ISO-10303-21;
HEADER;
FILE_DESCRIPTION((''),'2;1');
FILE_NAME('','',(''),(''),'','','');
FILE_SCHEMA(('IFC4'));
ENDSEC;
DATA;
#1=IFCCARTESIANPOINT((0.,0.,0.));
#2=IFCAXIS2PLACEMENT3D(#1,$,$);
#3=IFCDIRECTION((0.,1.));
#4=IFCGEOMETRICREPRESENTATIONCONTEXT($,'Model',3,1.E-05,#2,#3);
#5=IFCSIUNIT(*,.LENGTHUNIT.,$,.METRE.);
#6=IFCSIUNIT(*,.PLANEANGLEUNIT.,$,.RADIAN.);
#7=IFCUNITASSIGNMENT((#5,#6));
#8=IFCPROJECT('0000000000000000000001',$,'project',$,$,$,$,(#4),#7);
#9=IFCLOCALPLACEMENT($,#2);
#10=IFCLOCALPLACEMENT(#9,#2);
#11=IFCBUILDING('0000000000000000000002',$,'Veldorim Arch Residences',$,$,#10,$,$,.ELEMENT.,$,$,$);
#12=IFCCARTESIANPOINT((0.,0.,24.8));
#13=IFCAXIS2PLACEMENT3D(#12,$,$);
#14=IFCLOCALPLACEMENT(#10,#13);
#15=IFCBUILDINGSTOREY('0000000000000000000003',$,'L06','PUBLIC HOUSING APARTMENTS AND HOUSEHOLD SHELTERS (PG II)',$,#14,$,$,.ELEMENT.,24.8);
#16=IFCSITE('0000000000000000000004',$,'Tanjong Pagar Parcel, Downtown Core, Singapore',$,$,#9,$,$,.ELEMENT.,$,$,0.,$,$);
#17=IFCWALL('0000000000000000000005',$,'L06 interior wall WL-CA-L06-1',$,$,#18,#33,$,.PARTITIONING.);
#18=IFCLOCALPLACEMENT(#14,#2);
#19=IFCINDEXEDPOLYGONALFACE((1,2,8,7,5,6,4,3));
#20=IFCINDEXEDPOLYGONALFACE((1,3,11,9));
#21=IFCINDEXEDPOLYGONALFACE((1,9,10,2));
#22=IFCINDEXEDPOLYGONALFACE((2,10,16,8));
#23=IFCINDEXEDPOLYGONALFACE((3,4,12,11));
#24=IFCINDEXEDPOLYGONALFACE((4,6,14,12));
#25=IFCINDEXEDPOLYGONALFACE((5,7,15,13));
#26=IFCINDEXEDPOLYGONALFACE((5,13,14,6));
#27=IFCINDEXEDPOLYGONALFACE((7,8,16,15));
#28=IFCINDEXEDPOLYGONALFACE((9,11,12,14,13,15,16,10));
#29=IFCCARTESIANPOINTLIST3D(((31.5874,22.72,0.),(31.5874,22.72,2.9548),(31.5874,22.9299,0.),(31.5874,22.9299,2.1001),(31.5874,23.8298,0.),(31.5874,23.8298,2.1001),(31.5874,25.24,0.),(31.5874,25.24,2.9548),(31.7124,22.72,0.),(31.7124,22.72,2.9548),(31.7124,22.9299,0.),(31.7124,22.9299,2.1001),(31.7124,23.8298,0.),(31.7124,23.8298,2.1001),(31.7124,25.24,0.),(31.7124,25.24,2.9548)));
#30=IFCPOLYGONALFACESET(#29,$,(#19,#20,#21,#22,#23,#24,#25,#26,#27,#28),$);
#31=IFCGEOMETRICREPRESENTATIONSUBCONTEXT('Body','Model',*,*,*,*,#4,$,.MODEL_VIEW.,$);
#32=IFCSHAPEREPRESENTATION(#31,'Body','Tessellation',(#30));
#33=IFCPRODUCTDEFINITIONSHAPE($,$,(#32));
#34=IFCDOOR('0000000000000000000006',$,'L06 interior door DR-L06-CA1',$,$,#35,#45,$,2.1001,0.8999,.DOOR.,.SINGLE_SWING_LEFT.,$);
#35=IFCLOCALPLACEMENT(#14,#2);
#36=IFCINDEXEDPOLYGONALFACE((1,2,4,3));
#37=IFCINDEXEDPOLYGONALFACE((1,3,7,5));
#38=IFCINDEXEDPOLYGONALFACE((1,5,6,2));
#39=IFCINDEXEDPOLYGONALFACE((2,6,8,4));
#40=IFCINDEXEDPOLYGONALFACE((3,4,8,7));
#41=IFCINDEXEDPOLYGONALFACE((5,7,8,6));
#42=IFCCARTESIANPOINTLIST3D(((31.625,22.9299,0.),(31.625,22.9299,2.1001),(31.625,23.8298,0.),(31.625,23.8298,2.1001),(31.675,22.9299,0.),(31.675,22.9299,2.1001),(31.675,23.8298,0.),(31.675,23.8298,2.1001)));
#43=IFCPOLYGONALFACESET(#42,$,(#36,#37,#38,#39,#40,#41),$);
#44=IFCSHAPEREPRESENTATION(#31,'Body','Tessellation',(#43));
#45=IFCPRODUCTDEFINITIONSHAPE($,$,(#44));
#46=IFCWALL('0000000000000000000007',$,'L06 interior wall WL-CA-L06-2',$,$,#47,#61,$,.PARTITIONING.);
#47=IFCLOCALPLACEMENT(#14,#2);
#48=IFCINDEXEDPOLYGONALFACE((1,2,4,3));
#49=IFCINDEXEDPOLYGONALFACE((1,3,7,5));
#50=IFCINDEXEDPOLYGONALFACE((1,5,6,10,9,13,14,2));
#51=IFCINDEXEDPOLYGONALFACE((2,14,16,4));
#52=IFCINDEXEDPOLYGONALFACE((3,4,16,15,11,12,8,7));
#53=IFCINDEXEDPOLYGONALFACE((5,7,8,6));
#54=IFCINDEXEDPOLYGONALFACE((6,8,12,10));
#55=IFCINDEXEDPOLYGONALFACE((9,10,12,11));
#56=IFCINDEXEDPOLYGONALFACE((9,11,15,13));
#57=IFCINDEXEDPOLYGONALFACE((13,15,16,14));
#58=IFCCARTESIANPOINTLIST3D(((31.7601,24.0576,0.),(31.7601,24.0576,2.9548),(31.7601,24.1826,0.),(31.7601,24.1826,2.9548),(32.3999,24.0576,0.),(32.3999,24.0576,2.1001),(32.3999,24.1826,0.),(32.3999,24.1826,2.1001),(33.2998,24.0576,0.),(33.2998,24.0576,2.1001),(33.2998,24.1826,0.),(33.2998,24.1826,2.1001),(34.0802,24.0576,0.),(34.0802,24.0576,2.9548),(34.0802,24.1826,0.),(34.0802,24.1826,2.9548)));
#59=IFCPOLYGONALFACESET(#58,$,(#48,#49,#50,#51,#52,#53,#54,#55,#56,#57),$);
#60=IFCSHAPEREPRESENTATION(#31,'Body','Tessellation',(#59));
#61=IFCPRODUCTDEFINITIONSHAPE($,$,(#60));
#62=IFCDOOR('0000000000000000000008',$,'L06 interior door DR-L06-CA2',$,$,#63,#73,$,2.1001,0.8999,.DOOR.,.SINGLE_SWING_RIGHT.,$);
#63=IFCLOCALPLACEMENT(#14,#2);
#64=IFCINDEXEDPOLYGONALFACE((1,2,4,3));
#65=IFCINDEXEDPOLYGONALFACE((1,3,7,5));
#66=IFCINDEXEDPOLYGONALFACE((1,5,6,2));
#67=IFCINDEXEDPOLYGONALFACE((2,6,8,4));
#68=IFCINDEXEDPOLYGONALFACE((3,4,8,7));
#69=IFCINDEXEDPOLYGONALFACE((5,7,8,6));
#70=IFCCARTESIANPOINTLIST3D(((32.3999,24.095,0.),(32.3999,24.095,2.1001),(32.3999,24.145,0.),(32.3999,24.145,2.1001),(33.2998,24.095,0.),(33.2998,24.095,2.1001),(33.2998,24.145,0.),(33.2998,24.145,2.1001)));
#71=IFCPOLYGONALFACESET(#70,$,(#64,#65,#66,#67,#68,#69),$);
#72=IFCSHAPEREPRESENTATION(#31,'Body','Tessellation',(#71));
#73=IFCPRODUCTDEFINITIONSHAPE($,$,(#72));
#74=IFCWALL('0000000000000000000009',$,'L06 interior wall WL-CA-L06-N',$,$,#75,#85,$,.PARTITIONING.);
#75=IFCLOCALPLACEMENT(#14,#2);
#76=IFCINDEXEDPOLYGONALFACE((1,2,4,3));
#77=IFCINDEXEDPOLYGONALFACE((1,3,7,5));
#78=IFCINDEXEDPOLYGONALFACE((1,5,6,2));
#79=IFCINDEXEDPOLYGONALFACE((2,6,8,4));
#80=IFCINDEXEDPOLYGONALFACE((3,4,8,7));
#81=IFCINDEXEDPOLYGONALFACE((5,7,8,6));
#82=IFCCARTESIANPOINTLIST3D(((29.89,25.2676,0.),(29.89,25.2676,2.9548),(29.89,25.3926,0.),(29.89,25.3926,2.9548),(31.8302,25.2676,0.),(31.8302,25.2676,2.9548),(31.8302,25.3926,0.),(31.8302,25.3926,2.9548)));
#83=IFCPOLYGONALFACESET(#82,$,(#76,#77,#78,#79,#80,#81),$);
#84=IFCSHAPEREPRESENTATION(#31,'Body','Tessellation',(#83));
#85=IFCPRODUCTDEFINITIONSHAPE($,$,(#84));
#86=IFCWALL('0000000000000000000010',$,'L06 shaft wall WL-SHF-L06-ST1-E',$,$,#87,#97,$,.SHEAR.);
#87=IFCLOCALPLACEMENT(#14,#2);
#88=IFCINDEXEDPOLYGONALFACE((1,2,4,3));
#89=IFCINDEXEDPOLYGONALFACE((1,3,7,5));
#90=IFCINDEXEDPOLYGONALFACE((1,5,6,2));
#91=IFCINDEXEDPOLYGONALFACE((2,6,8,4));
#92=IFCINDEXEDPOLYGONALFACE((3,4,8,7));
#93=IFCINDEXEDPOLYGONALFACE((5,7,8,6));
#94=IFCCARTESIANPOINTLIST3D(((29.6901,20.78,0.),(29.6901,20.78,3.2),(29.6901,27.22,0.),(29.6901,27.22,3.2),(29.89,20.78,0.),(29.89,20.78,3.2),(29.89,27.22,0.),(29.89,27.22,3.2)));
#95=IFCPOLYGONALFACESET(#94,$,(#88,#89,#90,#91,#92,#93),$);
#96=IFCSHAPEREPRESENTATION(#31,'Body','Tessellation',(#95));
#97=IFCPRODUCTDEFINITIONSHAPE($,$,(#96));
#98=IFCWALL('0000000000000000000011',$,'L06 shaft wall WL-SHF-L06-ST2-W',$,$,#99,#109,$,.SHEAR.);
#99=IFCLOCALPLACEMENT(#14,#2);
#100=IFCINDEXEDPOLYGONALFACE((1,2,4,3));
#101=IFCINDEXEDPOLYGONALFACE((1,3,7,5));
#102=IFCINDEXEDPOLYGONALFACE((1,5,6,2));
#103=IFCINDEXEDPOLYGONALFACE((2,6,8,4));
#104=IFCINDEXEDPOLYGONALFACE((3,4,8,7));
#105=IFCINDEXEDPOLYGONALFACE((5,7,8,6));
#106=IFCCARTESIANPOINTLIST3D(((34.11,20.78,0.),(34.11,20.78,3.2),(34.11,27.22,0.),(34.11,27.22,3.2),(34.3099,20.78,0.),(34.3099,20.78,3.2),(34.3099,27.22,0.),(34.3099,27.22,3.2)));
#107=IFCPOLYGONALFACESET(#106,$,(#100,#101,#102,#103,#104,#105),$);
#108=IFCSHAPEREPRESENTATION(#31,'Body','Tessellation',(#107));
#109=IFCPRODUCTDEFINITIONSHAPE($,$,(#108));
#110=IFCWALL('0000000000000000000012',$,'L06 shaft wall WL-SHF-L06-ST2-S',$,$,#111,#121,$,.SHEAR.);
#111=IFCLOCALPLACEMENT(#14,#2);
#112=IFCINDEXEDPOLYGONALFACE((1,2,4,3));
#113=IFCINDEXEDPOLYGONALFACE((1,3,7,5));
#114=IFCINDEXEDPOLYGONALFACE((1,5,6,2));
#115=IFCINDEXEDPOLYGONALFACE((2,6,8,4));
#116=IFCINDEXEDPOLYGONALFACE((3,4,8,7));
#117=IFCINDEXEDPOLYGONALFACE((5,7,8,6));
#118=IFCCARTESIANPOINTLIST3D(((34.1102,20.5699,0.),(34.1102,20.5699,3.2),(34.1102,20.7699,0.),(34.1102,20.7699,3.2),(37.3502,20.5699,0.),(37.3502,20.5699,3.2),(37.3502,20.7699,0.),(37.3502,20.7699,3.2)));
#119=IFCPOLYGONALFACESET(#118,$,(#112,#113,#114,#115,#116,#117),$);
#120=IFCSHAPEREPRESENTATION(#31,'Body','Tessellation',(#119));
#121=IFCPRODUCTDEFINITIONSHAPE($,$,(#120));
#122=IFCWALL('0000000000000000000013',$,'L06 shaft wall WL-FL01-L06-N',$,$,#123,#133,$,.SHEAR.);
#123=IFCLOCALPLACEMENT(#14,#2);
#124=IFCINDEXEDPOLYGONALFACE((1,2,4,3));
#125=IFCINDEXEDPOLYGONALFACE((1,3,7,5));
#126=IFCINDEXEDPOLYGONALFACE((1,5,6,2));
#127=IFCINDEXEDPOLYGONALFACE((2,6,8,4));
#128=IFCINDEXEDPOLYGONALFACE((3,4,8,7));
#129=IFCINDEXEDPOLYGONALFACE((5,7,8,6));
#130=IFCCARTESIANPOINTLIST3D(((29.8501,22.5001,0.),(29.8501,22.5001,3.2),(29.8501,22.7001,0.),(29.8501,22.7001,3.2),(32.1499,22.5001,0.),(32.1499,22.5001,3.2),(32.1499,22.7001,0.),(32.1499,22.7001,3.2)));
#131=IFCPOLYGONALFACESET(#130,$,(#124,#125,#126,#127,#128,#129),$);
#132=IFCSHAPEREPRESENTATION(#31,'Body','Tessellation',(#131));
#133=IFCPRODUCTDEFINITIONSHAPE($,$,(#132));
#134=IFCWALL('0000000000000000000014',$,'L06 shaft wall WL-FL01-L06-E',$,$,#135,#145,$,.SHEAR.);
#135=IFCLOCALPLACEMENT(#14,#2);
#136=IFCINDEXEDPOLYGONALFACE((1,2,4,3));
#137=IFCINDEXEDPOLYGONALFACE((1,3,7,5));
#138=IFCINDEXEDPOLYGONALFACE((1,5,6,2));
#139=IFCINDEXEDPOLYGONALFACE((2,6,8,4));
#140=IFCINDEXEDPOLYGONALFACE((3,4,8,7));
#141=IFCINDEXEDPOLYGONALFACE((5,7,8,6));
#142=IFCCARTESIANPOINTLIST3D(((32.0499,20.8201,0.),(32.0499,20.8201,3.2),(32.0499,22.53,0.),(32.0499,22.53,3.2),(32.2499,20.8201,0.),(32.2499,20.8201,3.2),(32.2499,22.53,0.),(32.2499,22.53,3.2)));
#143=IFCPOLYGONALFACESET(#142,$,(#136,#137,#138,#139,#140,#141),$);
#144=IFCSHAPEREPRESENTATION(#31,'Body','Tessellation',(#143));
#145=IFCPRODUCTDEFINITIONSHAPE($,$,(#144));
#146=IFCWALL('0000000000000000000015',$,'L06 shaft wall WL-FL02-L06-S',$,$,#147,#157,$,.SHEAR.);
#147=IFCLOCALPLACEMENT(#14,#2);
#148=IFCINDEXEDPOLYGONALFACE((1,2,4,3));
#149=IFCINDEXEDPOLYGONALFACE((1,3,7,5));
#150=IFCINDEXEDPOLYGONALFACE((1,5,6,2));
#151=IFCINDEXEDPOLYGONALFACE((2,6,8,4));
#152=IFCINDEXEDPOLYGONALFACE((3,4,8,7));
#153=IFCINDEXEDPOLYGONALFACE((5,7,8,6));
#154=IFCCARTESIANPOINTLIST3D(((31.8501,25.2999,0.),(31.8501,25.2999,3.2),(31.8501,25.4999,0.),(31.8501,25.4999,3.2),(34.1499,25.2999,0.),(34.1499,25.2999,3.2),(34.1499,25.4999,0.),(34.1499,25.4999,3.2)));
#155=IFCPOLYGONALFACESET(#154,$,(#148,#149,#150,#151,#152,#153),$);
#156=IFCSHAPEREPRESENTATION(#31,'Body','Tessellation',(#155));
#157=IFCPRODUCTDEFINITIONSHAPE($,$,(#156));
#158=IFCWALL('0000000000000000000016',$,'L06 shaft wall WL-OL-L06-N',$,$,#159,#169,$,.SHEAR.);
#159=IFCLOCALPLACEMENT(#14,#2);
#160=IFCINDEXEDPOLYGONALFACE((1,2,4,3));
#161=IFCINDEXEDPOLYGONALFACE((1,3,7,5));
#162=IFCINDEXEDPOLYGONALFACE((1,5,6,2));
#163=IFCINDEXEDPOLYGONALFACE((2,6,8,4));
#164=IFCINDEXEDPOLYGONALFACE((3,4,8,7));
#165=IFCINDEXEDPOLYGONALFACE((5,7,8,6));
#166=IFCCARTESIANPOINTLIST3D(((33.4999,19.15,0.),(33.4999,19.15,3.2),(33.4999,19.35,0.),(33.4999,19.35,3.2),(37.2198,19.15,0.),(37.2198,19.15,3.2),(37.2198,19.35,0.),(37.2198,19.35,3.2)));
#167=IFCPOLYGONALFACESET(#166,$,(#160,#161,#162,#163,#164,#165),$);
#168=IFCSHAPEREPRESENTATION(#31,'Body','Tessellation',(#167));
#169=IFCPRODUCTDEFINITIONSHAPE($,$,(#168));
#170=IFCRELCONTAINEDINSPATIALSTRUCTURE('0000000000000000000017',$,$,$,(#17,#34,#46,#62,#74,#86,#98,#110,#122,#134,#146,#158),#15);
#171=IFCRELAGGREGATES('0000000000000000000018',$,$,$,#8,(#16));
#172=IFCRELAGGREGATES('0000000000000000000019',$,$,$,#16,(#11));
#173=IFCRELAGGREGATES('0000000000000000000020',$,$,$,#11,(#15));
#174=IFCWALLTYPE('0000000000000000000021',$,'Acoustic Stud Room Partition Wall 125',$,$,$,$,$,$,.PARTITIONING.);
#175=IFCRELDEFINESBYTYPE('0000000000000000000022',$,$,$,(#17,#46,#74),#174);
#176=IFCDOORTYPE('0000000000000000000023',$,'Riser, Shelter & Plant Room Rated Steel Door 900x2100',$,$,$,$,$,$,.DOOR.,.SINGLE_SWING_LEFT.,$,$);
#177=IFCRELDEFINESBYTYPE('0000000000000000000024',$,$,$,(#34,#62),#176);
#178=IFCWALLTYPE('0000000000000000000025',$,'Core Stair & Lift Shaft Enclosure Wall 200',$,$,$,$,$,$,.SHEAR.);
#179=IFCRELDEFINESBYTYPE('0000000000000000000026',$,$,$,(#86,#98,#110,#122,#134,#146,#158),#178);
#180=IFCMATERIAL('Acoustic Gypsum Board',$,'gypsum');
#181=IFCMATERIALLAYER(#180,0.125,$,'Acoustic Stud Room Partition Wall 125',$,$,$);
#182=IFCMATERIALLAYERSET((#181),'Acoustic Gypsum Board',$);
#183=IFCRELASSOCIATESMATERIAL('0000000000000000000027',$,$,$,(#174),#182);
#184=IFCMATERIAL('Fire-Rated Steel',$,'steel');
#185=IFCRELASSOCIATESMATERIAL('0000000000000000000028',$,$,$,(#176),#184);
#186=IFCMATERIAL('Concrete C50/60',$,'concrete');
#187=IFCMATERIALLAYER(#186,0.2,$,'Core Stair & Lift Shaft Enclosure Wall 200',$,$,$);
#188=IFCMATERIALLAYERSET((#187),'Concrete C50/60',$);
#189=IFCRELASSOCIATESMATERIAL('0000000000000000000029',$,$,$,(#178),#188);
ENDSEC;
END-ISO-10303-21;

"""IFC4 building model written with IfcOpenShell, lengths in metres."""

from ifc_helpers import new_model, si_unit, direction, frame, frame_2d, origin, place, context, subcontext, project, spatial, rectangle, extrude, material, layer, layer_set, type_object, element, fill, save


model = new_model("IFC4")

# Units and contexts
model_context = context("Model", 3, precision=1e-05, world=origin(), true_north=direction((0.0, 1.0)))
body_context = subcontext(model_context, "Body", "Model", "MODEL_VIEW")
ifc_project = project(units=[si_unit("LENGTHUNIT", "METRE"), si_unit("PLANEANGLEUNIT", "RADIAN")], contexts=[model_context])

# Site, building, storey
site_placement = place(None, origin())
site = spatial("IfcSite", under=ifc_project, at=site_placement, Name="Tanjong Pagar Parcel, Downtown Core, Singapore", CompositionType="ELEMENT", RefElevation=0.0)
building_placement = place(site_placement, origin())
building = spatial("IfcBuilding", under=site, at=building_placement, Name="Veldorim Arch Residences", CompositionType="ELEMENT")
storey_placement = place(building_placement, frame((0.0, 0.0, 24.8)))
storey = spatial("IfcBuildingStorey", under=building, at=storey_placement, Name="L06", Description="PUBLIC HOUSING APARTMENTS AND HOUSEHOLD SHELTERS (PG II)", CompositionType="ELEMENT", Elevation=24.8)

# Walls, openings, doors
ifc_material_1 = material(Name="Acoustic Gypsum Board", Category="gypsum")
ifc_layer_1 = layer(ifc_material_1, 0.125, Name="Acoustic Stud Room Partition Wall 125")
ifc_layer_set_1 = layer_set([ifc_layer_1], Name="Acoustic Gypsum Board")
wall_type_1 = type_object("IfcWallType", Name="Acoustic Stud Room Partition Wall 125", PredefinedType="PARTITIONING", material=ifc_layer_set_1)
wall_1_placement = place(storey_placement, frame((31.6499, 22.72, 0.0), z_axis=(0.0, 0.0, 1.0), x_axis=(0.0, 1.0, 0.0)))
wall_1 = element("IfcWall", 1, at=wall_1_placement, inside=storey, type_object=wall_type_1, Name="L06 interior wall WL-CA-L06-1", PredefinedType="PARTITIONING", context=body_context, shape_type="SweptSolid", body=[
    extrude(rectangle(XDim=2.52, YDim=0.125, at=frame_2d((1.26, 0.0))), origin(), (0.0, 0.0, 1.0), 2.9548),
])
opening_1_placement = place(wall_1_placement, frame((0.21, 0.0, 0.0)))
opening_1 = element("IfcOpeningElement", 2, at=opening_1_placement, cuts=wall_1, PredefinedType="OPENING", context=body_context, shape_type="SweptSolid", body=[
    extrude(rectangle(XDim=0.8999, YDim=2.1001, at=frame_2d((0.45, 1.05))), frame((0.0, 0.0725, 0.0), z_axis=(0.0, -1.0, 0.0), x_axis=(1.0, 0.0, 0.0)), (0.0, 0.0, 1.0), 0.145),
])
ifc_material_2 = material(Name="Fire-Rated Steel", Category="steel")
door_type_1 = type_object("IfcDoorType", Name="Riser, Shelter & Plant Room Rated Steel Door 900x2100", OperationType="SINGLE_SWING_LEFT", PredefinedType="DOOR", material=ifc_material_2)
door_1_placement = place(opening_1_placement, origin())
door_1 = element("IfcDoor", 3, at=door_1_placement, inside=storey, type_object=door_type_1, Name="L06 interior door DR-L06-CA1", OperationType="SINGLE_SWING_LEFT", OverallHeight=2.1001, OverallWidth=0.8999, PredefinedType="DOOR", context=body_context, shape_type="SweptSolid", body=[
    extrude(rectangle(XDim=0.8999, YDim=2.1001, at=frame_2d((0.45, 1.05))), frame((0.0, 0.0249, 0.0), z_axis=(0.0, -1.0, 0.0), x_axis=(1.0, 0.0, 0.0)), (0.0, 0.0, 1.0), 0.05),
])
fill(opening_1, door_1)
wall_2_placement = place(storey_placement, frame((31.76, 24.1201, 0.0), z_axis=(0.0, 0.0, 1.0), x_axis=(1.0, 0.0, 0.0)))
wall_2 = element("IfcWall", 4, at=wall_2_placement, inside=storey, type_object=wall_type_1, Name="L06 interior wall WL-CA-L06-2", PredefinedType="PARTITIONING", context=body_context, shape_type="SweptSolid", body=[
    extrude(rectangle(XDim=2.3201, YDim=0.125, at=frame_2d((1.1602, 0.0))), origin(), (0.0, 0.0, 1.0), 2.9548),
])
opening_2_placement = place(wall_2_placement, frame((0.6399, 0.0, 0.0)))
opening_2 = element("IfcOpeningElement", 5, at=opening_2_placement, cuts=wall_2, PredefinedType="OPENING", context=body_context, shape_type="SweptSolid", body=[
    extrude(rectangle(XDim=0.8999, YDim=2.1001, at=frame_2d((0.45, 1.05))), frame((0.0, 0.0725, 0.0), z_axis=(0.0, -1.0, 0.0), x_axis=(1.0, 0.0, 0.0)), (0.0, 0.0, 1.0), 0.145),
])
door_2_placement = place(opening_2_placement, origin())
door_2 = element("IfcDoor", 6, at=door_2_placement, inside=storey, type_object=door_type_1, Name="L06 interior door DR-L06-CA2", OperationType="SINGLE_SWING_RIGHT", OverallHeight=2.1001, OverallWidth=0.8999, PredefinedType="DOOR", context=body_context, shape_type="SweptSolid", body=[
    extrude(rectangle(XDim=0.8999, YDim=2.1001, at=frame_2d((0.45, 1.05))), frame((0.0, 0.0249, 0.0), z_axis=(0.0, -1.0, 0.0), x_axis=(1.0, 0.0, 0.0)), (0.0, 0.0, 1.0), 0.05),
])
fill(opening_2, door_2)

# Walls
wall_3_placement = place(storey_placement, frame((29.8899, 25.3301, 0.0), z_axis=(0.0, 0.0, 1.0), x_axis=(1.0, 0.0, 0.0)))
element("IfcWall", 7, at=wall_3_placement, inside=storey, type_object=wall_type_1, Name="L06 interior wall WL-CA-L06-N", PredefinedType="PARTITIONING", context=body_context, shape_type="SweptSolid", body=[
    extrude(rectangle(XDim=1.9402, YDim=0.125, at=frame_2d((0.9702, 0.0))), origin(), (0.0, 0.0, 1.0), 2.9548),
])
ifc_material_3 = material(Name="Concrete C50/60", Category="concrete")
ifc_layer_2 = layer(ifc_material_3, 0.2, Name="Core Stair & Lift Shaft Enclosure Wall 200")
ifc_layer_set_2 = layer_set([ifc_layer_2], Name="Concrete C50/60")
wall_type_2 = type_object("IfcWallType", Name="Core Stair & Lift Shaft Enclosure Wall 200", PredefinedType="SHEAR", material=ifc_layer_set_2)
for number, where, z_axis, x_axis, name in (
    (8, (29.79, 20.78, 0.0), (0.0, 0.0, 1.0), (0.0, 1.0, 0.0), "L06 shaft wall WL-SHF-L06-ST1-E"),
    (9, (34.21, 20.78, 0.0), (0.0, 0.0, 1.0), (0.0, 1.0, 0.0), "L06 shaft wall WL-SHF-L06-ST2-W"),
):
    element("IfcWall", number, at=place(storey_placement, frame(where, z_axis=z_axis, x_axis=x_axis)), inside=storey, type_object=wall_type_2, Name=name, PredefinedType="SHEAR", context=body_context, shape_type="SweptSolid", body=[
        extrude(rectangle(XDim=6.4399, YDim=0.2, at=frame_2d((3.22, 0.0))), origin(), (0.0, 0.0, 1.0), 3.2),
    ])
wall_4_placement = place(storey_placement, frame((34.1101, 20.6699, 0.0), z_axis=(0.0, 0.0, 1.0), x_axis=(1.0, 0.0, 0.0)))
element("IfcWall", 10, at=wall_4_placement, inside=storey, type_object=wall_type_2, Name="L06 shaft wall WL-SHF-L06-ST2-S", PredefinedType="SHEAR", context=body_context, shape_type="SweptSolid", body=[
    extrude(rectangle(XDim=3.24, YDim=0.2, at=frame_2d((1.6201, 0.0))), origin(), (0.0, 0.0, 1.0), 3.2),
])

# Walls
wall_5_placement = place(storey_placement, frame((29.8501, 22.6001, 0.0), z_axis=(0.0, 0.0, 1.0), x_axis=(1.0, 0.0, 0.0)))
element("IfcWall", 11, at=wall_5_placement, inside=storey, type_object=wall_type_2, Name="L06 shaft wall WL-FL01-L06-N", PredefinedType="SHEAR", context=body_context, shape_type="SweptSolid", body=[
    extrude(rectangle(XDim=2.2998, YDim=0.2, at=frame_2d((1.1499, 0.0))), origin(), (0.0, 0.0, 1.0), 3.2),
])
wall_6_placement = place(storey_placement, frame((32.1499, 20.8201, 0.0), z_axis=(0.0, 0.0, 1.0), x_axis=(0.0, 1.0, 0.0)))
element("IfcWall", 12, at=wall_6_placement, inside=storey, type_object=wall_type_2, Name="L06 shaft wall WL-FL01-L06-E", PredefinedType="SHEAR", context=body_context, shape_type="SweptSolid", body=[
    extrude(rectangle(XDim=1.71, YDim=0.2, at=frame_2d((0.855, 0.0))), origin(), (0.0, 0.0, 1.0), 3.2),
])
wall_7_placement = place(storey_placement, frame((31.8501, 25.3999, 0.0), z_axis=(0.0, 0.0, 1.0), x_axis=(1.0, 0.0, 0.0)))
element("IfcWall", 13, at=wall_7_placement, inside=storey, type_object=wall_type_2, Name="L06 shaft wall WL-FL02-L06-S", PredefinedType="SHEAR", context=body_context, shape_type="SweptSolid", body=[
    extrude(rectangle(XDim=2.2998, YDim=0.2, at=frame_2d((1.1499, 0.0))), origin(), (0.0, 0.0, 1.0), 3.2),
])
wall_8_placement = place(storey_placement, frame((33.5, 19.25, 0.0), z_axis=(0.0, 0.0, 1.0), x_axis=(1.0, 0.0, 0.0)))
element("IfcWall", 14, at=wall_8_placement, inside=storey, type_object=wall_type_2, Name="L06 shaft wall WL-OL-L06-N", PredefinedType="SHEAR", context=body_context, shape_type="SweptSolid", body=[
    extrude(rectangle(XDim=3.72, YDim=0.2, at=frame_2d((1.8599, 0.0))), origin(), (0.0, 0.0, 1.0), 3.2),
])

save(model, "model.ifc")
